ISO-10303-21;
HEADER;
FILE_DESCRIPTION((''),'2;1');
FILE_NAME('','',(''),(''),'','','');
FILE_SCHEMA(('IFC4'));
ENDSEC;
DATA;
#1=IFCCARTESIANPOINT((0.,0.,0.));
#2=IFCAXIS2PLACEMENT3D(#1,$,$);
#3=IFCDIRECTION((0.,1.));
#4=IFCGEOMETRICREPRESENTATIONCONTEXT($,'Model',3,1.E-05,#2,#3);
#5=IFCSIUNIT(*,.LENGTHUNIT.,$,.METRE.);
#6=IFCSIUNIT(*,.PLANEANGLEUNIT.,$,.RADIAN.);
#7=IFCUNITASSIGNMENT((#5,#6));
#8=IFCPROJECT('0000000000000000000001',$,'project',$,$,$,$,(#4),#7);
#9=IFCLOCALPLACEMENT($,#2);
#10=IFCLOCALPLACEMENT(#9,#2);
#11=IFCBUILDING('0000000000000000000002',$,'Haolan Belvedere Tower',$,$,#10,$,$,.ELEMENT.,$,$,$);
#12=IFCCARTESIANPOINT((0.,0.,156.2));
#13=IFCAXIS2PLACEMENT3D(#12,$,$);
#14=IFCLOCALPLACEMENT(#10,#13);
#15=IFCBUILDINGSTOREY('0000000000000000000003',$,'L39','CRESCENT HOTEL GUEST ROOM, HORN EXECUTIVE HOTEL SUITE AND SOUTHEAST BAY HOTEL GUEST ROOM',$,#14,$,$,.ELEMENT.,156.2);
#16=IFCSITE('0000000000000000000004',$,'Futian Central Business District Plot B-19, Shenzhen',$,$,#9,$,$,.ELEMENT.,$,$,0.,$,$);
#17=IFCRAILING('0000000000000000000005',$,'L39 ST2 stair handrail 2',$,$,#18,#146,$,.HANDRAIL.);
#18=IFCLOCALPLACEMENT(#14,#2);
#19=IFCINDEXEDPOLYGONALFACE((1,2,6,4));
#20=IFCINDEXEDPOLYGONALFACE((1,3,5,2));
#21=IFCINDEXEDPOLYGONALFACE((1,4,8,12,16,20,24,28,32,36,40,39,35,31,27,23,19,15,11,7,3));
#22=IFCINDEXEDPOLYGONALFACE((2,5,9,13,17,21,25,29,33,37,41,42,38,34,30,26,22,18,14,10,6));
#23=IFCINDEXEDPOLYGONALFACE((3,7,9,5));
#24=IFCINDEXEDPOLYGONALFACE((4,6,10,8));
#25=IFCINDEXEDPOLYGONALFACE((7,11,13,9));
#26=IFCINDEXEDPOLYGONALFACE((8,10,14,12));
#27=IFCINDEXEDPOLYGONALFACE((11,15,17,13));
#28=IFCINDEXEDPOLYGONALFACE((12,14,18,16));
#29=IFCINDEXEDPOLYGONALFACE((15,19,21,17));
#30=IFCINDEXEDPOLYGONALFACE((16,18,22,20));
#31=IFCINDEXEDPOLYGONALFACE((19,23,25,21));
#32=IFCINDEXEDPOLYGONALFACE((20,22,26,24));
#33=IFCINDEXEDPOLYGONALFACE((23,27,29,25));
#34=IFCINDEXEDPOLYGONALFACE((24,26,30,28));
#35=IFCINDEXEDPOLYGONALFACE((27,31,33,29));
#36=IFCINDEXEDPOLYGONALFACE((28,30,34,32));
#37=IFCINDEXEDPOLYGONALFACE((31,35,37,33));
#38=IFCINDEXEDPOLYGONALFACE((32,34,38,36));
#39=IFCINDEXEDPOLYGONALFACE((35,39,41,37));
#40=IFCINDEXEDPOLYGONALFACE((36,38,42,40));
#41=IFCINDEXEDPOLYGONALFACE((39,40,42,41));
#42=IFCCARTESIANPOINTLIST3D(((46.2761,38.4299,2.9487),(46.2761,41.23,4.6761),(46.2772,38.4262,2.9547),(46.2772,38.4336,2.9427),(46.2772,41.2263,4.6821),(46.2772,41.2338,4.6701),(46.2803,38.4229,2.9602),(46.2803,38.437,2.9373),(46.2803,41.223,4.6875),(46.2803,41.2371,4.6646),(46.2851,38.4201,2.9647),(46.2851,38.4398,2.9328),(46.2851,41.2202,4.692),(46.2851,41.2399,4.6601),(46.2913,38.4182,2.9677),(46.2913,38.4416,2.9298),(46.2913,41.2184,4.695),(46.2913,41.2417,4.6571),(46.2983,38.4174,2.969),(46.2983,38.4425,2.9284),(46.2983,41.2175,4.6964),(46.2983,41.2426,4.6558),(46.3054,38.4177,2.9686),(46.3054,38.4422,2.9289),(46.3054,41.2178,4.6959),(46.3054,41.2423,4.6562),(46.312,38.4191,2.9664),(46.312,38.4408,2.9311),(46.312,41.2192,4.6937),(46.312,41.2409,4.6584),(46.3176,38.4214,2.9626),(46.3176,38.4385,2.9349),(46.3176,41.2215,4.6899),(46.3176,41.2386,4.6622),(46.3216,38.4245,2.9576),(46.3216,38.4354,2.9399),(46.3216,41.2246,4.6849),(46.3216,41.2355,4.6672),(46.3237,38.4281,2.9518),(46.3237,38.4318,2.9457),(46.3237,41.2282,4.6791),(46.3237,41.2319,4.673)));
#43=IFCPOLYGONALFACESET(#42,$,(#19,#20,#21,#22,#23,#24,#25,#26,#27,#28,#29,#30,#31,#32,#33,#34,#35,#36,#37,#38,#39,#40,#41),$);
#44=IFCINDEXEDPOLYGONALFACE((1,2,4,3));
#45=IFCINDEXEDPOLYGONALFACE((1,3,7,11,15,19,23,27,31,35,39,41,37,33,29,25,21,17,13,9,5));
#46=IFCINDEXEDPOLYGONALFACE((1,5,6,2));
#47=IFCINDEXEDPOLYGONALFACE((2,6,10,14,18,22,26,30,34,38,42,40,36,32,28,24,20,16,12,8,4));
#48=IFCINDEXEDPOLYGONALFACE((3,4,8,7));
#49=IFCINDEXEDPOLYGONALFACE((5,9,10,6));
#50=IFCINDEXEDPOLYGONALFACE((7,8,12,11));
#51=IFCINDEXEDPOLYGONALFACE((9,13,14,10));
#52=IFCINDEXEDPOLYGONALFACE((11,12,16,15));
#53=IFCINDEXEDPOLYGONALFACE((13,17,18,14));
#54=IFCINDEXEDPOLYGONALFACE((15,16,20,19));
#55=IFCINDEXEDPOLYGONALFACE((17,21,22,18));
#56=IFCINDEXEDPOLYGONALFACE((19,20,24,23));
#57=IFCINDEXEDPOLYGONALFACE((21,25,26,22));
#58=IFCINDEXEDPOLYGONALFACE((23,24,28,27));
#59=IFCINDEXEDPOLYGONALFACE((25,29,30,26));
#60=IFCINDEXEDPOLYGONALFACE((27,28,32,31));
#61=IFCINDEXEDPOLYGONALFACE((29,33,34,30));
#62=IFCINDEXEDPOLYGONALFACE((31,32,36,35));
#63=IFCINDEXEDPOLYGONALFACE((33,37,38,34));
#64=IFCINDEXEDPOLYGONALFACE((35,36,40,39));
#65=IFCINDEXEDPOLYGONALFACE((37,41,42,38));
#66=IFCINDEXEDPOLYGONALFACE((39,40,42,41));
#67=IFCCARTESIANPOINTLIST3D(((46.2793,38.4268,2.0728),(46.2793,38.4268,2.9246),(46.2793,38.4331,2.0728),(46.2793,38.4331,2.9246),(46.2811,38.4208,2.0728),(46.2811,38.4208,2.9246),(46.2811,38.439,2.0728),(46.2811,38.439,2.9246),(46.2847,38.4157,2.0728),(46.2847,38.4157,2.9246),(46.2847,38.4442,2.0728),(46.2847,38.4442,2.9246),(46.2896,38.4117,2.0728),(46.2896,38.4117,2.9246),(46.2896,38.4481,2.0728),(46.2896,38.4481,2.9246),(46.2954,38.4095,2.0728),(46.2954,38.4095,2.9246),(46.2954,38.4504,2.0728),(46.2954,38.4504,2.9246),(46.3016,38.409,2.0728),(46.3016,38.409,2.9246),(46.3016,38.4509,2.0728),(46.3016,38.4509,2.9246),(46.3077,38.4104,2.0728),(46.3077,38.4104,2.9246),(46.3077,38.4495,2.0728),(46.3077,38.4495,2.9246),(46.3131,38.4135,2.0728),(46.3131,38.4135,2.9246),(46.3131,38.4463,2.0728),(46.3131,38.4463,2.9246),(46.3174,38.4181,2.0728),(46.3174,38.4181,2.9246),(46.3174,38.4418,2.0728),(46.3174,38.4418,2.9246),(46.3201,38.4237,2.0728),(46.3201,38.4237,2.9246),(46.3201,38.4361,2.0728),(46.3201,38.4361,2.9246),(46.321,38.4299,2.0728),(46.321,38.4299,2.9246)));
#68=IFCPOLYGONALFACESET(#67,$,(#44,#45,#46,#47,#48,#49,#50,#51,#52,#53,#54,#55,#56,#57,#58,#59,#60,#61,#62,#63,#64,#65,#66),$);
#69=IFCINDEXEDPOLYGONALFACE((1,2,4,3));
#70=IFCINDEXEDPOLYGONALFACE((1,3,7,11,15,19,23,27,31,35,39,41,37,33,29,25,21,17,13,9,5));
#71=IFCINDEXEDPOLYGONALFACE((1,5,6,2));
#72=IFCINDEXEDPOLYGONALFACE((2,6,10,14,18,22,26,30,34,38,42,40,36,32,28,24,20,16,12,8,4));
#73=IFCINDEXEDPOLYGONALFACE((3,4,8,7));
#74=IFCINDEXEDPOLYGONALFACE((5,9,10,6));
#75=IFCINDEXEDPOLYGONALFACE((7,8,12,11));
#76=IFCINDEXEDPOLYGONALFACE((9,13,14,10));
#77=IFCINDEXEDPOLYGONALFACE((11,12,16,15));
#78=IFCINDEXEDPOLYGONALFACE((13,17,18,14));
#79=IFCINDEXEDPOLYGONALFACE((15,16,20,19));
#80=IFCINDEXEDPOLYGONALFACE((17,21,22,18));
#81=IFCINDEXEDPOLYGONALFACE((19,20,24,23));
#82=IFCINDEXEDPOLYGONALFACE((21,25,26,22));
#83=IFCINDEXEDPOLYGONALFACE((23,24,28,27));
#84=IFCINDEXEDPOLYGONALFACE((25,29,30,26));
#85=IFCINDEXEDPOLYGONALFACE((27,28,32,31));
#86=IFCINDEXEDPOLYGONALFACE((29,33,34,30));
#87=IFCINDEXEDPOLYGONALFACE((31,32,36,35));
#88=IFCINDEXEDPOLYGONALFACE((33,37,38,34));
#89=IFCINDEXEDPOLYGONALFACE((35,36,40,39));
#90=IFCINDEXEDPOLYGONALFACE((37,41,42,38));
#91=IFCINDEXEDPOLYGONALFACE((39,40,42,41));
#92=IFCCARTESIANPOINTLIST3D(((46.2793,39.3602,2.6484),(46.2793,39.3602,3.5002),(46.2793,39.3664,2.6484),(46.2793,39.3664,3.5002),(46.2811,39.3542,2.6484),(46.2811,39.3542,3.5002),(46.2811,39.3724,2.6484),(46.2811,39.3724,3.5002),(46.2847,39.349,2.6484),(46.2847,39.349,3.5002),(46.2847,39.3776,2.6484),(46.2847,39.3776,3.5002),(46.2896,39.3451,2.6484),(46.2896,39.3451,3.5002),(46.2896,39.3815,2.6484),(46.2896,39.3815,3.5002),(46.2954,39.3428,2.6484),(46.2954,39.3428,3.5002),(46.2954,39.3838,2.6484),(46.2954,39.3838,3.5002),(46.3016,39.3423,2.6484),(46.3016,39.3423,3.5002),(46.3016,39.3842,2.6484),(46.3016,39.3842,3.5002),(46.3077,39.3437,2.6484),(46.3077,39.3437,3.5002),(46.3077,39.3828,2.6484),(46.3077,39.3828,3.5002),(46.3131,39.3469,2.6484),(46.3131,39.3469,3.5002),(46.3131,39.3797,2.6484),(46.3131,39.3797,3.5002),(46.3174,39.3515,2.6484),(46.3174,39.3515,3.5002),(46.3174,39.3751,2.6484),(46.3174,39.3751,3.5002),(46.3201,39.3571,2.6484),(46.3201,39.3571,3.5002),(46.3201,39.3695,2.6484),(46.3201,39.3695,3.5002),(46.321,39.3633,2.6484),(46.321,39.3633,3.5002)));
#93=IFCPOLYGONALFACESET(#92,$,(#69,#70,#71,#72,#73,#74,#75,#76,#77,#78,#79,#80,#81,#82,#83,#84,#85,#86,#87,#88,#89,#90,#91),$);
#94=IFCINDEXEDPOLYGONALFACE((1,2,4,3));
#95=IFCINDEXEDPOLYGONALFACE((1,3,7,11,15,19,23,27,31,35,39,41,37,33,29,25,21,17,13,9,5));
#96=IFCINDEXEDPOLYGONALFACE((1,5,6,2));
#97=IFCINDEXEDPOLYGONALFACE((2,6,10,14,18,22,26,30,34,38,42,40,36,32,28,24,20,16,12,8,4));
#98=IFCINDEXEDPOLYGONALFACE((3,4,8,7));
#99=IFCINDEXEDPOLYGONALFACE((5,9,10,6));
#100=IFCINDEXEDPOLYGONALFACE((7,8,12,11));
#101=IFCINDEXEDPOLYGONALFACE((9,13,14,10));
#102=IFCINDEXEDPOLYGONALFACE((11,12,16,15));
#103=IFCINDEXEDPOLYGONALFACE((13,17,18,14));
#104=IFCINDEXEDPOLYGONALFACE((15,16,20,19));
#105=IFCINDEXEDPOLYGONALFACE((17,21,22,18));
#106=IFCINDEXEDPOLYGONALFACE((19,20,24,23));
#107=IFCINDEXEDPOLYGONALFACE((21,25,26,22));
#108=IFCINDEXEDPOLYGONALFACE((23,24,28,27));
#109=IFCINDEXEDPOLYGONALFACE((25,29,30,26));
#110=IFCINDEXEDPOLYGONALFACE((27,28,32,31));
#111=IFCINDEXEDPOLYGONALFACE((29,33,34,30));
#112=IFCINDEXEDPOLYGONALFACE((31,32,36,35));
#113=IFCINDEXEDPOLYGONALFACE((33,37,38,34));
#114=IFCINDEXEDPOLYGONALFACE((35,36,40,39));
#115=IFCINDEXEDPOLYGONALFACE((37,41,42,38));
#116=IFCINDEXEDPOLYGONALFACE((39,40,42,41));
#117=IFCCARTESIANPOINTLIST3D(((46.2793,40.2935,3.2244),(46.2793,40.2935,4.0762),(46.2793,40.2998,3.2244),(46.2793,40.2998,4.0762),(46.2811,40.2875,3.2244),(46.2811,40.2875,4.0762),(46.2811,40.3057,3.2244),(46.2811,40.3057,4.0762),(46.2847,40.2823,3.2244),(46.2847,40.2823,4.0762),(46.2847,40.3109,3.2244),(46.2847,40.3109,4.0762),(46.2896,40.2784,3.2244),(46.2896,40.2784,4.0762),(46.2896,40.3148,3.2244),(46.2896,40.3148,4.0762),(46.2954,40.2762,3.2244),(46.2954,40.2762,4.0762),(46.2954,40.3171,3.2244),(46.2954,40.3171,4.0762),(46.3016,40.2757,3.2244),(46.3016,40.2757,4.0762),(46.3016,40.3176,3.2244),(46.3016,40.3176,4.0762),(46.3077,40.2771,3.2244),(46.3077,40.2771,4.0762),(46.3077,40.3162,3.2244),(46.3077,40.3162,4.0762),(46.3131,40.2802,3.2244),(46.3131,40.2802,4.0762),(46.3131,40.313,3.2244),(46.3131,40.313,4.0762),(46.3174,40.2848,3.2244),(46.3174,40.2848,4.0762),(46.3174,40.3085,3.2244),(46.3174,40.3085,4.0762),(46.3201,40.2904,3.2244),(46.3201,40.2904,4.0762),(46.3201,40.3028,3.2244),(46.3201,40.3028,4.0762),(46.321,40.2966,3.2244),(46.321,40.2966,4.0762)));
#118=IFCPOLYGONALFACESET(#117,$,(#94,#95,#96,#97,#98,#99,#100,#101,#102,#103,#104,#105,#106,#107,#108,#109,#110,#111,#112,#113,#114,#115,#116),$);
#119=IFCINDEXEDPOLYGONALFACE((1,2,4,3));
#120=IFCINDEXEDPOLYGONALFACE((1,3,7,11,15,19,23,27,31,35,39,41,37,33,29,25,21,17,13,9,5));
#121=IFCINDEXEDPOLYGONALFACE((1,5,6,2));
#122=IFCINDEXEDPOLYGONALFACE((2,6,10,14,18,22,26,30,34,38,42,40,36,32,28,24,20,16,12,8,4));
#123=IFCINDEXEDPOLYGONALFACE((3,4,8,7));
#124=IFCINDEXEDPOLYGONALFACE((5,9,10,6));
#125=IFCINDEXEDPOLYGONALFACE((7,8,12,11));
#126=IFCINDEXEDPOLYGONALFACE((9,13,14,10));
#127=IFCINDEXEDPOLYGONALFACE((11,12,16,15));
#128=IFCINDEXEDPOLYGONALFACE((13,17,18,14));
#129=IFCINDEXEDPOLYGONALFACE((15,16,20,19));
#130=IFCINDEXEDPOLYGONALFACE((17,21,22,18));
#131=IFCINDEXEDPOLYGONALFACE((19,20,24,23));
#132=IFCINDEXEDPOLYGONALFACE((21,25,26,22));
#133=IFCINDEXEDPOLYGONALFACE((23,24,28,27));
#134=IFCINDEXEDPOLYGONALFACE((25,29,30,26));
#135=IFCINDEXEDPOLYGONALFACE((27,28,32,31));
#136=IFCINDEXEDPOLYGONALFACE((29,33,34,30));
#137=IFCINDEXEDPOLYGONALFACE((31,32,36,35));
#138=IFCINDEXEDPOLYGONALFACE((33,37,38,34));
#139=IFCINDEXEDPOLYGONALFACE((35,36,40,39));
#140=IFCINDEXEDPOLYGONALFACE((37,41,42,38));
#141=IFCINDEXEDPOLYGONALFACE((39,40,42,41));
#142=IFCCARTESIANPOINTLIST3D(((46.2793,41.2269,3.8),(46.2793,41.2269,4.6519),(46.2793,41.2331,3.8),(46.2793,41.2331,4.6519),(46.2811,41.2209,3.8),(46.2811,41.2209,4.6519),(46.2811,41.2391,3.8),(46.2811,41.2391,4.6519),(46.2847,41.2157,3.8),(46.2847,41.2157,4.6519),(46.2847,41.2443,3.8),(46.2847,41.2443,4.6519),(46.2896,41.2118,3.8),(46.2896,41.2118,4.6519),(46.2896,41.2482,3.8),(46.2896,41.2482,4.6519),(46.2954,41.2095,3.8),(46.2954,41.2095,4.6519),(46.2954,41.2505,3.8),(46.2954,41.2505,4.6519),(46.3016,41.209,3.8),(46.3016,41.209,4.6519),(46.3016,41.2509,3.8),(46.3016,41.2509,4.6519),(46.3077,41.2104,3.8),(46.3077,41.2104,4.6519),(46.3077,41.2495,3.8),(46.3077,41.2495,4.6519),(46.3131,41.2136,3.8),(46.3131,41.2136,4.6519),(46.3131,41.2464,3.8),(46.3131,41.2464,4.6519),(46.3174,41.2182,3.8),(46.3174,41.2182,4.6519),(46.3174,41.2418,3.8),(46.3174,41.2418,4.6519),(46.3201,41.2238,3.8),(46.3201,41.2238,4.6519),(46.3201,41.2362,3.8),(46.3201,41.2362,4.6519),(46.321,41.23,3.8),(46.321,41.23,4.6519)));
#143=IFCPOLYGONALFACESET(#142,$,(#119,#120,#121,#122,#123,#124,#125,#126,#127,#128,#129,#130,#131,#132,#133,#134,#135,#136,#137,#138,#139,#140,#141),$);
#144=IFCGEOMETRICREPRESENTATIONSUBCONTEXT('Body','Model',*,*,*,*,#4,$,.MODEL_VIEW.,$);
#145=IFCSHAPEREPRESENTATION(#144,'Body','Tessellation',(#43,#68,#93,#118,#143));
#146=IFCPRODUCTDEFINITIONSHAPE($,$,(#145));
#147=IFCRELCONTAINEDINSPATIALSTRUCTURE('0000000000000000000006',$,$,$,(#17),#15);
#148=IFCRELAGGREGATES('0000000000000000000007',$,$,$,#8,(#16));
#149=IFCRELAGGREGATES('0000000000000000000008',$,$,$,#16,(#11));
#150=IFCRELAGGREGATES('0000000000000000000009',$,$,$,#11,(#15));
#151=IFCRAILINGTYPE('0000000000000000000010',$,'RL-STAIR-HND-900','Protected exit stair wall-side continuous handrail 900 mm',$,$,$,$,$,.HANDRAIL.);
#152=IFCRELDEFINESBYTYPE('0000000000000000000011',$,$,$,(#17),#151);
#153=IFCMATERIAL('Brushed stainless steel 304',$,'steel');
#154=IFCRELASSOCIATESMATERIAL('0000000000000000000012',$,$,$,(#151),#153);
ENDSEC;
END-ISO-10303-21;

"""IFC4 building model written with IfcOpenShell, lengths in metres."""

from ifc_helpers import new_model, si_unit, direction, frame, origin, origin_2d, place, context, subcontext, project, spatial, circle, extrude, material, type_object, element, save


model = new_model("IFC4")

# Units and contexts
model_context = context("Model", 3, precision=1e-05, world=origin(), true_north=direction((0.0, 1.0)))
body_context = subcontext(model_context, "Body", "Model", "MODEL_VIEW")
ifc_project = project(units=[si_unit("LENGTHUNIT", "METRE"), si_unit("PLANEANGLEUNIT", "RADIAN")], contexts=[model_context])

# Site, building, storey
site_placement = place(None, origin())
site = spatial("IfcSite", under=ifc_project, at=site_placement, Name="Futian Central Business District Plot B-19, Shenzhen", CompositionType="ELEMENT", RefElevation=0.0)
building_placement = place(site_placement, origin())
building = spatial("IfcBuilding", under=site, at=building_placement, Name="Haolan Belvedere Tower", CompositionType="ELEMENT")
storey_placement = place(building_placement, frame((0.0, 0.0, 156.2)))
storey = spatial("IfcBuildingStorey", under=building, at=storey_placement, Name="L39", Description="CRESCENT HOTEL GUEST ROOM, HORN EXECUTIVE HOTEL SUITE AND SOUTHEAST BAY HOTEL GUEST ROOM", CompositionType="ELEMENT", Elevation=156.2)

# Railing
ifc_material_1 = material(Name="Brushed stainless steel 304", Category="steel")
railing_type_1 = type_object("IfcRailingType", Name="RL-STAIR-HND-900", Description="Protected exit stair wall-side continuous handrail 900 mm", PredefinedType="HANDRAIL", material=ifc_material_1)
railing_1_placement = place(storey_placement, frame((46.3, 38.4299, 2.0728)))
element("IfcRailing", 1, at=railing_1_placement, inside=storey, type_object=railing_type_1, Name="L39 ST2 stair handrail 2", PredefinedType="HANDRAIL", context=body_context, shape_type="SweptSolid", body=[
    extrude(circle(Radius=0.0239, at=origin_2d()), frame((0.0, 0.0, 0.876), z_axis=(0.0, 0.85109, 0.52502), x_axis=(-1.0, 0.0, 0.0)), (0.0, 0.0, 1.0), 3.29),
    extrude(circle(Radius=0.021, at=origin_2d()), origin(), (0.0, 0.0, 1.0), 0.8518),
    extrude(circle(Radius=0.021, at=origin_2d()), frame((0.0, 0.9333, 0.5757)), (0.0, 0.0, 1.0), 0.8518),
    extrude(circle(Radius=0.021, at=origin_2d()), frame((0.0, 1.8667, 1.1516)), (0.0, 0.0, 1.0), 0.8518),
    extrude(circle(Radius=0.021, at=origin_2d()), frame((0.0, 2.8, 1.7273)), (0.0, 0.0, 1.0), 0.8518),
])

save(model, "model.ifc")
